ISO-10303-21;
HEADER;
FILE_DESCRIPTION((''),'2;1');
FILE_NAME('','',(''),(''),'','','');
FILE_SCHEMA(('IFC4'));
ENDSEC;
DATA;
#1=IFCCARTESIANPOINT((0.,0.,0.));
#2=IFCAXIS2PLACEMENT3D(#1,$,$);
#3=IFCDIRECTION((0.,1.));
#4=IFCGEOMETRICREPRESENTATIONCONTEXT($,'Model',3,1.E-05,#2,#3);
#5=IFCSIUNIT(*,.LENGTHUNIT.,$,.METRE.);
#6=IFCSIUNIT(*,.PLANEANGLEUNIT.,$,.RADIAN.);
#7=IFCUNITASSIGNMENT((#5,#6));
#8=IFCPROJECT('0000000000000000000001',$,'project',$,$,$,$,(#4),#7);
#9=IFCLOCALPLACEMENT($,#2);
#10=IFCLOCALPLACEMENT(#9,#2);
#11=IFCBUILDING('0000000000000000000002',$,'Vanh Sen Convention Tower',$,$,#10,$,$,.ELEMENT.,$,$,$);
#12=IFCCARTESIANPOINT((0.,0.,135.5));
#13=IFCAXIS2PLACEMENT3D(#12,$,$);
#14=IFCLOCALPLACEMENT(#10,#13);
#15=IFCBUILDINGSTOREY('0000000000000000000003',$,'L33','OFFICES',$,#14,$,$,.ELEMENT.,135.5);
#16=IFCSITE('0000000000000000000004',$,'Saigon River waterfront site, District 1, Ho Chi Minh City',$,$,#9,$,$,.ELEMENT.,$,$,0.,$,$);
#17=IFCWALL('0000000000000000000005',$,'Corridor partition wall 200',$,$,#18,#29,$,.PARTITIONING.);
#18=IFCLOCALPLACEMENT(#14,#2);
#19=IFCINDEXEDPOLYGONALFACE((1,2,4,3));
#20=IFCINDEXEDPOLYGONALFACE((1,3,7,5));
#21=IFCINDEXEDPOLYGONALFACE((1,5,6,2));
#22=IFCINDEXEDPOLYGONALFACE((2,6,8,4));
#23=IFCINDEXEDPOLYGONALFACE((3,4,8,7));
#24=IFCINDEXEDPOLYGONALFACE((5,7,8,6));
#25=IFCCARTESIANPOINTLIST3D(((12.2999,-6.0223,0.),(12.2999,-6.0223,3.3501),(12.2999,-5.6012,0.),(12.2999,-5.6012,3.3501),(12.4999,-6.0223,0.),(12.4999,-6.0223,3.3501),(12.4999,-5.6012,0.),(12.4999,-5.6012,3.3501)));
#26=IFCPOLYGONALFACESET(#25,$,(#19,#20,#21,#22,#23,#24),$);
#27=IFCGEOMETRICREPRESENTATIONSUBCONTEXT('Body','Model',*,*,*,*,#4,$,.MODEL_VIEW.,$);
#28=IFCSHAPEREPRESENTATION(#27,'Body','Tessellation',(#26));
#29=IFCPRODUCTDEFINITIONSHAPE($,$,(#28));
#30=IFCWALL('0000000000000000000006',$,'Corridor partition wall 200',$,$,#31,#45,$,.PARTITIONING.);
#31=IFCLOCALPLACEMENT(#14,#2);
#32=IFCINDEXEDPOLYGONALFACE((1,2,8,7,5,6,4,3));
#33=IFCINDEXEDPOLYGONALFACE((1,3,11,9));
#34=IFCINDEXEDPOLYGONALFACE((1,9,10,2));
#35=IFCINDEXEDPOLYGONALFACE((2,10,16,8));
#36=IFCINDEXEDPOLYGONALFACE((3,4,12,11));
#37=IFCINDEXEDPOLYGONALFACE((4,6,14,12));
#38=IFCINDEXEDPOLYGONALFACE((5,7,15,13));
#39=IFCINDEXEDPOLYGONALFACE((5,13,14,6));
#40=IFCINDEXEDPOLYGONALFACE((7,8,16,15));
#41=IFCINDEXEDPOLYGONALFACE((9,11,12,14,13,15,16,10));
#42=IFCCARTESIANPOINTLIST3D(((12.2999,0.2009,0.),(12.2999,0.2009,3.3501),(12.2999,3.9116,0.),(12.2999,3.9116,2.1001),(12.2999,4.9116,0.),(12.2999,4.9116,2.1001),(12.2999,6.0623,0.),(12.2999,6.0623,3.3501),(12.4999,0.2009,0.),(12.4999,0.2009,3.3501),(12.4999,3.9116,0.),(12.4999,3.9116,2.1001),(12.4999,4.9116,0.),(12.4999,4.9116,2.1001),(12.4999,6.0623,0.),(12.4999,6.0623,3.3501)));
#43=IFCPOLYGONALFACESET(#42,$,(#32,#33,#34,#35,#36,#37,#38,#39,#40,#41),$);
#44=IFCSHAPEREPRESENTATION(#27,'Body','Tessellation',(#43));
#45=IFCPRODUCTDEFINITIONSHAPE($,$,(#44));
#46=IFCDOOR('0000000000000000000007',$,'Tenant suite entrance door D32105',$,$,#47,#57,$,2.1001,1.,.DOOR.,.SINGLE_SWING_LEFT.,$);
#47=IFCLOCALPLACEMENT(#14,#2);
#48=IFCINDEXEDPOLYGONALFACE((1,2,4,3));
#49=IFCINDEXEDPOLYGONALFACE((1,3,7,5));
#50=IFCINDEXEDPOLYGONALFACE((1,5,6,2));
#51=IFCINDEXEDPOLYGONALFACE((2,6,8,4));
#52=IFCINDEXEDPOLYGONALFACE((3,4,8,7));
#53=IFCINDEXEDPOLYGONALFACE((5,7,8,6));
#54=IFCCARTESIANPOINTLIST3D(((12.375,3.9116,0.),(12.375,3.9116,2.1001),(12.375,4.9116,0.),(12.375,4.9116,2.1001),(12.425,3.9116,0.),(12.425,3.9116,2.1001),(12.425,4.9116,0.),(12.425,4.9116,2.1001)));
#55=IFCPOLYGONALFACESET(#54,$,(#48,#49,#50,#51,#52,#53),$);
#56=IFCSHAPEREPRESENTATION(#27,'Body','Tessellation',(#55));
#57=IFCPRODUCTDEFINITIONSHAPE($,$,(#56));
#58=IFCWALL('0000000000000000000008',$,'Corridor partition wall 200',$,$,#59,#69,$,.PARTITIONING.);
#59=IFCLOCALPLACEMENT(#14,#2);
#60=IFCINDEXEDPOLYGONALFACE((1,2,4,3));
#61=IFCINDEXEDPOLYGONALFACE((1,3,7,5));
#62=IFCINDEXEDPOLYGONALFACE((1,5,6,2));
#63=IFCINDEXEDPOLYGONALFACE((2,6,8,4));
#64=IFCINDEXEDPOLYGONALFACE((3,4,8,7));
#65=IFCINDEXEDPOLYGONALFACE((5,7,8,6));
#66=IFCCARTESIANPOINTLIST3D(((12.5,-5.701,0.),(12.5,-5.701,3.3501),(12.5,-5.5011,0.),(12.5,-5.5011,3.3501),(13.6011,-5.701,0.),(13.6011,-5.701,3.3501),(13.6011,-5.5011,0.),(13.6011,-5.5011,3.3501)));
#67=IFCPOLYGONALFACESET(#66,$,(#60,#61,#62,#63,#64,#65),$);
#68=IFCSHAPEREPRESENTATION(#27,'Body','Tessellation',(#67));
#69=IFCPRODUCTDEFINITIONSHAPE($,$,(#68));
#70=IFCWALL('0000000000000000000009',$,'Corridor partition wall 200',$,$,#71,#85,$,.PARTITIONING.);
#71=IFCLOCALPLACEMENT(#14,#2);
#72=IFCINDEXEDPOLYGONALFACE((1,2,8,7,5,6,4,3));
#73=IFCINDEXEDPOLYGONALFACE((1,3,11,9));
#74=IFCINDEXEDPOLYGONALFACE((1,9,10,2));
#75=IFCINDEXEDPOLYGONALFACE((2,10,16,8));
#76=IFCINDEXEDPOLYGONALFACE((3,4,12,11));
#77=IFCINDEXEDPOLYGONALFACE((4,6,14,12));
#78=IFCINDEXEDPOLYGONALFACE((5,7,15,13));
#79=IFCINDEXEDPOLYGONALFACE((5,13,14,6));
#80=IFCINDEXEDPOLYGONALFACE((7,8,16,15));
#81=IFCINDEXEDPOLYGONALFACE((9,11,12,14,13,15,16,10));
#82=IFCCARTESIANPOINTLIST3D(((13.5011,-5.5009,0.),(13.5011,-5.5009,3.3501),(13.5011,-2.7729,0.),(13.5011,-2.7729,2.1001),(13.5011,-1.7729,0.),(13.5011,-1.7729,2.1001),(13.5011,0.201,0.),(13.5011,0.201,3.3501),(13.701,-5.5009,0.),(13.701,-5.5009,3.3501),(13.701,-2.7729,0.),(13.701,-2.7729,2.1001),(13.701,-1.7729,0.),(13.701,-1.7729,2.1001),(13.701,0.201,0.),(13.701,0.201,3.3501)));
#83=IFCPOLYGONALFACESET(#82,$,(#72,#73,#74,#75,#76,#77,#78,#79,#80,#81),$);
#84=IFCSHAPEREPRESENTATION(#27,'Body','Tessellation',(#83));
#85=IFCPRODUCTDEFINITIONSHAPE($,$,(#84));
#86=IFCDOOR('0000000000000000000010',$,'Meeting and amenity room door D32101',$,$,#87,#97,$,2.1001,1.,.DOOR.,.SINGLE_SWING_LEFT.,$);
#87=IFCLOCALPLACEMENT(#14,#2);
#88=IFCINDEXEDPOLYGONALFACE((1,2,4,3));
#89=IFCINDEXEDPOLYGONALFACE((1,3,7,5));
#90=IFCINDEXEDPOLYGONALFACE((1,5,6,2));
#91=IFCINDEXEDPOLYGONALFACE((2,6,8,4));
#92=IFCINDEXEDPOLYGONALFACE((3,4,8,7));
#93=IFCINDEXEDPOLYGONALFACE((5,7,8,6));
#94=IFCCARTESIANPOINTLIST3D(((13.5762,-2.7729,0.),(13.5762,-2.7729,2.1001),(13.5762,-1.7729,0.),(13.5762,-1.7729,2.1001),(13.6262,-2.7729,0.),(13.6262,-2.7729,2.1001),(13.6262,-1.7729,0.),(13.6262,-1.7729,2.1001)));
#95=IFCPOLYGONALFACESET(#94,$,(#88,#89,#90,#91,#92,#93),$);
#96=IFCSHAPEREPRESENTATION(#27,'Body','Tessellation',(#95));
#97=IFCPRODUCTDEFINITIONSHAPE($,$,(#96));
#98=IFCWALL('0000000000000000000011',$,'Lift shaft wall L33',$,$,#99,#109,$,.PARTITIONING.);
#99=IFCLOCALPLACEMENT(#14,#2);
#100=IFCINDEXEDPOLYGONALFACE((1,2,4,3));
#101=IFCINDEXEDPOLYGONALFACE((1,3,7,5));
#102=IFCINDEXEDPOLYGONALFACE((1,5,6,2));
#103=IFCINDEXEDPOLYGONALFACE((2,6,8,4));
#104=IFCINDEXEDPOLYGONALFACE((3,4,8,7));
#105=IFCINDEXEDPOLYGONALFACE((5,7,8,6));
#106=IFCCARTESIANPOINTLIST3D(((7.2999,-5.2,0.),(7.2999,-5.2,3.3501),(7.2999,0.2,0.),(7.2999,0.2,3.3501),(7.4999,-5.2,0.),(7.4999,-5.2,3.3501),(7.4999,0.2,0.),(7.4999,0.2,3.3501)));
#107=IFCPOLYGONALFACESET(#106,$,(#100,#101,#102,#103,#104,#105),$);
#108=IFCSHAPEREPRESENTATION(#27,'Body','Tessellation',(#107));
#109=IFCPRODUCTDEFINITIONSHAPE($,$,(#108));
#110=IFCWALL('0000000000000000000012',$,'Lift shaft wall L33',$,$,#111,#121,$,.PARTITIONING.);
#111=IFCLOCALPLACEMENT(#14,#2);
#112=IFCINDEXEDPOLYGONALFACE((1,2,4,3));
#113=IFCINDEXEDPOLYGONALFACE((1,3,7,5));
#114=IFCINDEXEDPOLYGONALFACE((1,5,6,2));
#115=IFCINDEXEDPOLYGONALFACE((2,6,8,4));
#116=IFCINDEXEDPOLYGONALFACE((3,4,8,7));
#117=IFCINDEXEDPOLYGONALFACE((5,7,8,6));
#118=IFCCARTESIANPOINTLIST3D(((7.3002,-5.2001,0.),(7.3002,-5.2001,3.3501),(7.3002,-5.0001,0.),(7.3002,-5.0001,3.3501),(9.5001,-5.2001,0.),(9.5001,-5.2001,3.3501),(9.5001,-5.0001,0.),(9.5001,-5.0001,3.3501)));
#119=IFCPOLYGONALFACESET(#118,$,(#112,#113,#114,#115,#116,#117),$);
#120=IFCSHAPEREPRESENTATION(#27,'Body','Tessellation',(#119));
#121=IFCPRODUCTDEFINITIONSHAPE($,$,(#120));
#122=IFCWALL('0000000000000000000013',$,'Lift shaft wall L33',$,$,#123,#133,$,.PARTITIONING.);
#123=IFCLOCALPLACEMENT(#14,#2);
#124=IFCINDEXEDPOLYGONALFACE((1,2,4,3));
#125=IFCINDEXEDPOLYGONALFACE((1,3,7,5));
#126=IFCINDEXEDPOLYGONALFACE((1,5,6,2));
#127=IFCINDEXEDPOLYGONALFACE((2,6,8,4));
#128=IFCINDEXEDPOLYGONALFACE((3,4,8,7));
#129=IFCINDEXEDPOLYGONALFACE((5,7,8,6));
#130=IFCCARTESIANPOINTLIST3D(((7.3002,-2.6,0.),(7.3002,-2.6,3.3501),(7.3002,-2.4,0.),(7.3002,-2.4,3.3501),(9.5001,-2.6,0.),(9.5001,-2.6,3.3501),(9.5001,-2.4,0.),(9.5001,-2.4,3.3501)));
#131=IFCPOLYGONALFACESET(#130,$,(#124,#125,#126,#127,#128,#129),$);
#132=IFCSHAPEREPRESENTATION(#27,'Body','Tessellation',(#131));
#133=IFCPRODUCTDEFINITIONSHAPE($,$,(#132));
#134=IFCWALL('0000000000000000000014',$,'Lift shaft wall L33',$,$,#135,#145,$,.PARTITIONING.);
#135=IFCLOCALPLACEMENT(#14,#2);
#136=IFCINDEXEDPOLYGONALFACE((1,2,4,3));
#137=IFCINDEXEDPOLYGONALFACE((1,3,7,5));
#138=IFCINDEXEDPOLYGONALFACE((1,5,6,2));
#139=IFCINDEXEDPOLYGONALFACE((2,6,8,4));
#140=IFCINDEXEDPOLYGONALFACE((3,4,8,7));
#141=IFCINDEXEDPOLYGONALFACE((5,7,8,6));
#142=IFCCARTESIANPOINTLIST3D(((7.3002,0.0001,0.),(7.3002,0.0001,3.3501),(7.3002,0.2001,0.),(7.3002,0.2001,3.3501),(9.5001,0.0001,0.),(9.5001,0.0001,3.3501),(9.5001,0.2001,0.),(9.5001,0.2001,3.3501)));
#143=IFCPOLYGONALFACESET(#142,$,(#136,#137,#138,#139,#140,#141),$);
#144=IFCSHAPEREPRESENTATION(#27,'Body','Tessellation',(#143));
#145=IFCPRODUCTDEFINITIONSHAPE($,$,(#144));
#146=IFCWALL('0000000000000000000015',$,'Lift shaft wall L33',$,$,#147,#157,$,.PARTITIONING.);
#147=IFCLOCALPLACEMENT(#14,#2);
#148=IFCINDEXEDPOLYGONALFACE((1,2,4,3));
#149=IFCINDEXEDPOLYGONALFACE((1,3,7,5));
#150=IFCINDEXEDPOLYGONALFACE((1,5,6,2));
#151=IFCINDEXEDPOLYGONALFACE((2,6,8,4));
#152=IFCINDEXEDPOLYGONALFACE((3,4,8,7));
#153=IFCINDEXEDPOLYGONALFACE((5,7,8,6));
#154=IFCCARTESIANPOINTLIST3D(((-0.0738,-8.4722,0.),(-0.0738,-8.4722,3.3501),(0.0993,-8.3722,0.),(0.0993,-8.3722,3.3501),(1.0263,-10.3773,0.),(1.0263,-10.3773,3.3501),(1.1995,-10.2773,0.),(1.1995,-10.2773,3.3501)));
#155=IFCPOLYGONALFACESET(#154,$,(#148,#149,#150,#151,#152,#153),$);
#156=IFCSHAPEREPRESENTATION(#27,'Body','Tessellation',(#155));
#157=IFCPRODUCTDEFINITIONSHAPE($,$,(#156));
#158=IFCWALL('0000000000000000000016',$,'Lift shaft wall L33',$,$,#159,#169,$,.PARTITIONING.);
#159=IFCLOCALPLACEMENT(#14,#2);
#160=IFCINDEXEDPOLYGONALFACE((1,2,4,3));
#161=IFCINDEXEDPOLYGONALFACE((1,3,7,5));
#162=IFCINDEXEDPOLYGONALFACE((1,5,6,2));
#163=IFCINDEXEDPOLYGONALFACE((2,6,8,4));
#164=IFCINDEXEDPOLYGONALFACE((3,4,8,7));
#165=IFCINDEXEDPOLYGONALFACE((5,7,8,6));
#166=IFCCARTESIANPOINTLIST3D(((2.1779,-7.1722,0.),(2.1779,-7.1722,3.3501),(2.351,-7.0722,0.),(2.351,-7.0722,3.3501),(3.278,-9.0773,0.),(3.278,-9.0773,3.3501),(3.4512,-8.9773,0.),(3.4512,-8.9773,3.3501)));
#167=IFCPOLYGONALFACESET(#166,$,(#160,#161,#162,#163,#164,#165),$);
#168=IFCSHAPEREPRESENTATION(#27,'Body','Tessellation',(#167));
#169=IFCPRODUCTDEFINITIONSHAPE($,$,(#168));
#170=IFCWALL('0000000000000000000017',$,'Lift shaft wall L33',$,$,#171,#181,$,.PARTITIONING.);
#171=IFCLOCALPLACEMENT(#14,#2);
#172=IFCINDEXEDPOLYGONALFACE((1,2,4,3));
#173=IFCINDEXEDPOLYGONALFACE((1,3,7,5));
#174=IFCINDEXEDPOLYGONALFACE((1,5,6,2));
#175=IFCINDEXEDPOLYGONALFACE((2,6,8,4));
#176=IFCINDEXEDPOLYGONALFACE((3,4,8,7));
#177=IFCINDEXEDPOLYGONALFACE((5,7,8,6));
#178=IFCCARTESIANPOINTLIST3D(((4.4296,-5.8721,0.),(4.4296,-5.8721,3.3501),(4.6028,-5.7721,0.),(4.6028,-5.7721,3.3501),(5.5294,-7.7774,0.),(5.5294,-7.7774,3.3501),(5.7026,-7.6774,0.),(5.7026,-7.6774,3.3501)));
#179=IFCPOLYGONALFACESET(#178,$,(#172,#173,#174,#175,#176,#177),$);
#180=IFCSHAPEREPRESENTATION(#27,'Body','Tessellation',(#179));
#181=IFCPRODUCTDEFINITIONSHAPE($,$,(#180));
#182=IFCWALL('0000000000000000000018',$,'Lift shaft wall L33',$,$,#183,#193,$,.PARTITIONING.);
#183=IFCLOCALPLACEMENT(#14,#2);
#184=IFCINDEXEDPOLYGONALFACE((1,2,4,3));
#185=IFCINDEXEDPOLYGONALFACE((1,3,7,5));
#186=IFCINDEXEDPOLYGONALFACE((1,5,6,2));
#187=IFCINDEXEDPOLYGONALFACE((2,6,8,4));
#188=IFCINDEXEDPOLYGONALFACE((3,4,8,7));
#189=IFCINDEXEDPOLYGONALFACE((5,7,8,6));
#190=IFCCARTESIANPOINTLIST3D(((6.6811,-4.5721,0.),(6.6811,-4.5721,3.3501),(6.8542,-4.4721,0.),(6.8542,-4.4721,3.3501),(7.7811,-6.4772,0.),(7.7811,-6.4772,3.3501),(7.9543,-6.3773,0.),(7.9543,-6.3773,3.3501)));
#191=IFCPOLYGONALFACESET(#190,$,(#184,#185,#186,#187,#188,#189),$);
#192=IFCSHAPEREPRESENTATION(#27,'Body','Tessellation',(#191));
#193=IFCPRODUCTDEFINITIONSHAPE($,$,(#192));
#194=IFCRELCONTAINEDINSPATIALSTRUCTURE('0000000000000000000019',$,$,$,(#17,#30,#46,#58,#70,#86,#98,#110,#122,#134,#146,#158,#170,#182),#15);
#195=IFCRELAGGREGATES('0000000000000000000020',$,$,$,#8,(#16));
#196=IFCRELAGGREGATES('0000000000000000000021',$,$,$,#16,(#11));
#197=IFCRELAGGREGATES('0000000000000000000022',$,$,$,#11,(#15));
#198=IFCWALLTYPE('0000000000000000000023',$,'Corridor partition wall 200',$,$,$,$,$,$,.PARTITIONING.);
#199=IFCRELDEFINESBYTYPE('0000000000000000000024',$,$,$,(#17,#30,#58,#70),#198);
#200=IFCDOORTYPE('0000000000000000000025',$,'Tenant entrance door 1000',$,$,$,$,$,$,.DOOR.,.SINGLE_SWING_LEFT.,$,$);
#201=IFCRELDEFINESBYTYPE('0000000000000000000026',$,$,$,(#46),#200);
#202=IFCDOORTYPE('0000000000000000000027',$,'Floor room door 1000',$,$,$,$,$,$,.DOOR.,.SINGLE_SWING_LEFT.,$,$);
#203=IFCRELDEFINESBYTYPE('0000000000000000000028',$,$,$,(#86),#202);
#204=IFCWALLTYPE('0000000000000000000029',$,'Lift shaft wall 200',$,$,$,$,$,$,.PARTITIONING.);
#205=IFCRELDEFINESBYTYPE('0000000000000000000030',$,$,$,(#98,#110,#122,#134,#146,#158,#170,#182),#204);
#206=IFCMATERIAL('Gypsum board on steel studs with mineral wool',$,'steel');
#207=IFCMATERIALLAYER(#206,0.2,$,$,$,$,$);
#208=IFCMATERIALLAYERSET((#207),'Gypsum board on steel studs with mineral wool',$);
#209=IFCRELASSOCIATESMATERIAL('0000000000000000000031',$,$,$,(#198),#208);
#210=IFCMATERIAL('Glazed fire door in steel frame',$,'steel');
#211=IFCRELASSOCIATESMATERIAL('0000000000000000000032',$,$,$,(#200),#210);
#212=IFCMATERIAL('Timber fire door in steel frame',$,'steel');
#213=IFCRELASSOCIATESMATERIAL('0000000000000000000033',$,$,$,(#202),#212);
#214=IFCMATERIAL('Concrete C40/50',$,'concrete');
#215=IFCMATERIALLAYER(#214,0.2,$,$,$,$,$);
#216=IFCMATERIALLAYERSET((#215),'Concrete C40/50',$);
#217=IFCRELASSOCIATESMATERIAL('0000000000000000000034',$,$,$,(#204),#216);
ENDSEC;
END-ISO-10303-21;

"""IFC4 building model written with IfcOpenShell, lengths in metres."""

from ifc_helpers import new_model, si_unit, direction, frame, frame_2d, origin, place, context, subcontext, project, spatial, rectangle, extrude, material, layer, layer_set, type_object, element, fill, save


model = new_model("IFC4")

# Units and contexts
model_context = context("Model", 3, precision=1e-05, world=origin(), true_north=direction((0.0, 1.0)))
body_context = subcontext(model_context, "Body", "Model", "MODEL_VIEW")
ifc_project = project(units=[si_unit("LENGTHUNIT", "METRE"), si_unit("PLANEANGLEUNIT", "RADIAN")], contexts=[model_context])

# Site, building, storey
site_placement = place(None, origin())
site = spatial("IfcSite", under=ifc_project, at=site_placement, Name="Saigon River waterfront site, District 1, Ho Chi Minh City", CompositionType="ELEMENT", RefElevation=0.0)
building_placement = place(site_placement, origin())
building = spatial("IfcBuilding", under=site, at=building_placement, Name="Vanh Sen Convention Tower", CompositionType="ELEMENT")
storey_placement = place(building_placement, frame((0.0, 0.0, 135.5)))
storey = spatial("IfcBuildingStorey", under=building, at=storey_placement, Name="L33", Description="OFFICES", CompositionType="ELEMENT", Elevation=135.5)

# Shared definitions
ifc_material_1 = material(Name="Gypsum board on steel studs with mineral wool", Category="steel")
ifc_layer_1 = layer(ifc_material_1, 0.2)
ifc_layer_set_1 = layer_set([ifc_layer_1], Name="Gypsum board on steel studs with mineral wool")
wall_type_1 = type_object("IfcWallType", Name="Corridor partition wall 200", PredefinedType="PARTITIONING", material=ifc_layer_set_1)

# Shared definitions
ifc_material_2 = material(Name="Glazed fire door in steel frame", Category="steel")
door_type_1 = type_object("IfcDoorType", Name="Tenant entrance door 1000", OperationType="SINGLE_SWING_LEFT", PredefinedType="DOOR", material=ifc_material_2)

# Wall
wall_1_placement = place(storey_placement, frame((12.3999, -6.0222, 0.0), z_axis=(0.0, 0.0, 1.0), x_axis=(0.0, 1.0, 0.0)))
element("IfcWall", 1, at=wall_1_placement, inside=storey, type_object=wall_type_1, Name="Corridor partition wall 200", PredefinedType="PARTITIONING", context=body_context, shape_type="SweptSolid", body=[
    extrude(rectangle(XDim=0.4211, YDim=0.2, at=frame_2d((0.2104, 0.0))), origin(), (0.0, 0.0, 1.0), 3.3501),
])

# Wall, opening, door
wall_2_placement = place(storey_placement, frame((12.3999, 0.2009, 0.0), z_axis=(0.0, 0.0, 1.0), x_axis=(0.0, 1.0, 0.0)))
wall_2 = element("IfcWall", 2, at=wall_2_placement, inside=storey, type_object=wall_type_1, Name="Corridor partition wall 200", PredefinedType="PARTITIONING", context=body_context, shape_type="SweptSolid", body=[
    extrude(rectangle(XDim=5.8613, YDim=0.2, at=frame_2d((2.9307, 0.0))), origin(), (0.0, 0.0, 1.0), 3.3501),
])
opening_1_placement = place(wall_2_placement, frame((3.7107, 0.0, 0.0)))
opening_1 = element("IfcOpeningElement", 3, at=opening_1_placement, cuts=wall_2, PredefinedType="OPENING", context=body_context, shape_type="SweptSolid", body=[
    extrude(rectangle(XDim=1.0, YDim=2.1001, at=frame_2d((0.5, 1.05))), frame((0.0, 0.1099, 0.0), z_axis=(0.0, -1.0, 0.0), x_axis=(1.0, 0.0, 0.0)), (0.0, 0.0, 1.0), 0.22),
])
door_1_placement = place(opening_1_placement, origin())
door_1 = element("IfcDoor", 4, at=door_1_placement, inside=storey, type_object=door_type_1, Name="Tenant suite entrance door D32105", OperationType="SINGLE_SWING_LEFT", OverallHeight=2.1001, OverallWidth=1.0, PredefinedType="DOOR", context=body_context, shape_type="SweptSolid", body=[
    extrude(rectangle(XDim=1.0, YDim=2.1001, at=frame_2d((0.5, 1.05))), frame((0.0, 0.0249, 0.0), z_axis=(0.0, -1.0, 0.0), x_axis=(1.0, 0.0, 0.0)), (0.0, 0.0, 1.0), 0.05),
])
fill(opening_1, door_1)

# Wall
wall_3_placement = place(storey_placement, frame((12.5, -5.6011, 0.0), z_axis=(0.0, 0.0, 1.0), x_axis=(1.0, 0.0, 0.0)))
element("IfcWall", 5, at=wall_3_placement, inside=storey, type_object=wall_type_1, Name="Corridor partition wall 200", PredefinedType="PARTITIONING", context=body_context, shape_type="SweptSolid", body=[
    extrude(rectangle(XDim=1.1011, YDim=0.2, at=frame_2d((0.5505, 0.0))), origin(), (0.0, 0.0, 1.0), 3.3501),
])

# Wall, opening, door
wall_4_placement = place(storey_placement, frame((13.6011, -5.501, 0.0), z_axis=(0.0, 0.0, 1.0), x_axis=(0.0, 1.0, 0.0)))
wall_4 = element("IfcWall", 6, at=wall_4_placement, inside=storey, type_object=wall_type_1, Name="Corridor partition wall 200", PredefinedType="PARTITIONING", context=body_context, shape_type="SweptSolid", body=[
    extrude(rectangle(XDim=5.7019, YDim=0.2, at=frame_2d((2.8511, 0.0))), origin(), (0.0, 0.0, 1.0), 3.3501),
])
opening_2_placement = place(wall_4_placement, frame((2.728, 0.0, 0.0)))
opening_2 = element("IfcOpeningElement", 7, at=opening_2_placement, cuts=wall_4, PredefinedType="OPENING", context=body_context, shape_type="SweptSolid", body=[
    extrude(rectangle(XDim=1.0, YDim=2.1001, at=frame_2d((0.5, 1.05))), frame((0.0, 0.1099, 0.0), z_axis=(0.0, -1.0, 0.0), x_axis=(1.0, 0.0, 0.0)), (0.0, 0.0, 1.0), 0.22),
])
ifc_material_3 = material(Name="Timber fire door in steel frame", Category="steel")
door_type_2 = type_object("IfcDoorType", Name="Floor room door 1000", OperationType="SINGLE_SWING_LEFT", PredefinedType="DOOR", material=ifc_material_3)
door_2_placement = place(opening_2_placement, origin())
door_2 = element("IfcDoor", 8, at=door_2_placement, inside=storey, type_object=door_type_2, Name="Meeting and amenity room door D32101", OperationType="SINGLE_SWING_LEFT", OverallHeight=2.1001, OverallWidth=1.0, PredefinedType="DOOR", context=body_context, shape_type="SweptSolid", body=[
    extrude(rectangle(XDim=1.0, YDim=2.1001, at=frame_2d((0.5, 1.05))), frame((0.0, 0.0249, 0.0), z_axis=(0.0, -1.0, 0.0), x_axis=(1.0, 0.0, 0.0)), (0.0, 0.0, 1.0), 0.05),
])
fill(opening_2, door_2)

# Walls
ifc_material_4 = material(Name="Concrete C40/50", Category="concrete")
ifc_layer_2 = layer(ifc_material_4, 0.2)
ifc_layer_set_2 = layer_set([ifc_layer_2], Name="Concrete C40/50")
wall_type_2 = type_object("IfcWallType", Name="Lift shaft wall 200", PredefinedType="PARTITIONING", material=ifc_layer_set_2)
wall_5_placement = place(storey_placement, frame((7.3999, -5.2, 0.0), z_axis=(0.0, 0.0, 1.0), x_axis=(0.0, 1.0, 0.0)))
element("IfcWall", 9, at=wall_5_placement, inside=storey, type_object=wall_type_2, Name="Lift shaft wall L33", PredefinedType="PARTITIONING", context=body_context, shape_type="SweptSolid", body=[
    extrude(rectangle(XDim=5.3999, YDim=0.2, at=frame_2d((2.7, 0.0))), origin(), (0.0, 0.0, 1.0), 3.3501),
])
for number, where, z_axis, x_axis, name in (
    (10, (7.3, -5.1001, 0.0), (0.0, 0.0, 1.0), (1.0, 0.0, 0.0), "Lift shaft wall L33"),
    (11, (7.3, -2.5, 0.0), (0.0, 0.0, 1.0), (1.0, 0.0, 0.0), "Lift shaft wall L33"),
    (12, (7.3, 0.1001, 0.0), (0.0, 0.0, 1.0), (1.0, 0.0, 0.0), "Lift shaft wall L33"),
    (13, (0.0127, -8.4221, 0.0), (0.0, 0.0, 1.0), (0.500078, -0.86598, 0.0), "Lift shaft wall L33"),
    (14, (2.2644, -7.1221, 0.0), (0.0, 0.0, 1.0), (0.500078, -0.86598, 0.0), "Lift shaft wall L33"),
    (15, (4.5161, -5.822, 0.0), (0.0, 0.0, 1.0), (0.499947, -0.866056, 0.0), "Lift shaft wall L33"),
    (16, (6.7676, -4.522, 0.0), (0.0, 0.0, 1.0), (0.50003, -0.866008, 0.0), "Lift shaft wall L33"),
):
    element("IfcWall", number, at=place(storey_placement, frame(where, z_axis=z_axis, x_axis=x_axis)), inside=storey, type_object=wall_type_2, Name=name, PredefinedType="PARTITIONING", context=body_context, shape_type="SweptSolid", body=[
        extrude(rectangle(XDim=2.2, YDim=0.2, at=frame_2d((1.1001, 0.0))), origin(), (0.0, 0.0, 1.0), 3.3501),
    ])

save(model, "model.ifc")
